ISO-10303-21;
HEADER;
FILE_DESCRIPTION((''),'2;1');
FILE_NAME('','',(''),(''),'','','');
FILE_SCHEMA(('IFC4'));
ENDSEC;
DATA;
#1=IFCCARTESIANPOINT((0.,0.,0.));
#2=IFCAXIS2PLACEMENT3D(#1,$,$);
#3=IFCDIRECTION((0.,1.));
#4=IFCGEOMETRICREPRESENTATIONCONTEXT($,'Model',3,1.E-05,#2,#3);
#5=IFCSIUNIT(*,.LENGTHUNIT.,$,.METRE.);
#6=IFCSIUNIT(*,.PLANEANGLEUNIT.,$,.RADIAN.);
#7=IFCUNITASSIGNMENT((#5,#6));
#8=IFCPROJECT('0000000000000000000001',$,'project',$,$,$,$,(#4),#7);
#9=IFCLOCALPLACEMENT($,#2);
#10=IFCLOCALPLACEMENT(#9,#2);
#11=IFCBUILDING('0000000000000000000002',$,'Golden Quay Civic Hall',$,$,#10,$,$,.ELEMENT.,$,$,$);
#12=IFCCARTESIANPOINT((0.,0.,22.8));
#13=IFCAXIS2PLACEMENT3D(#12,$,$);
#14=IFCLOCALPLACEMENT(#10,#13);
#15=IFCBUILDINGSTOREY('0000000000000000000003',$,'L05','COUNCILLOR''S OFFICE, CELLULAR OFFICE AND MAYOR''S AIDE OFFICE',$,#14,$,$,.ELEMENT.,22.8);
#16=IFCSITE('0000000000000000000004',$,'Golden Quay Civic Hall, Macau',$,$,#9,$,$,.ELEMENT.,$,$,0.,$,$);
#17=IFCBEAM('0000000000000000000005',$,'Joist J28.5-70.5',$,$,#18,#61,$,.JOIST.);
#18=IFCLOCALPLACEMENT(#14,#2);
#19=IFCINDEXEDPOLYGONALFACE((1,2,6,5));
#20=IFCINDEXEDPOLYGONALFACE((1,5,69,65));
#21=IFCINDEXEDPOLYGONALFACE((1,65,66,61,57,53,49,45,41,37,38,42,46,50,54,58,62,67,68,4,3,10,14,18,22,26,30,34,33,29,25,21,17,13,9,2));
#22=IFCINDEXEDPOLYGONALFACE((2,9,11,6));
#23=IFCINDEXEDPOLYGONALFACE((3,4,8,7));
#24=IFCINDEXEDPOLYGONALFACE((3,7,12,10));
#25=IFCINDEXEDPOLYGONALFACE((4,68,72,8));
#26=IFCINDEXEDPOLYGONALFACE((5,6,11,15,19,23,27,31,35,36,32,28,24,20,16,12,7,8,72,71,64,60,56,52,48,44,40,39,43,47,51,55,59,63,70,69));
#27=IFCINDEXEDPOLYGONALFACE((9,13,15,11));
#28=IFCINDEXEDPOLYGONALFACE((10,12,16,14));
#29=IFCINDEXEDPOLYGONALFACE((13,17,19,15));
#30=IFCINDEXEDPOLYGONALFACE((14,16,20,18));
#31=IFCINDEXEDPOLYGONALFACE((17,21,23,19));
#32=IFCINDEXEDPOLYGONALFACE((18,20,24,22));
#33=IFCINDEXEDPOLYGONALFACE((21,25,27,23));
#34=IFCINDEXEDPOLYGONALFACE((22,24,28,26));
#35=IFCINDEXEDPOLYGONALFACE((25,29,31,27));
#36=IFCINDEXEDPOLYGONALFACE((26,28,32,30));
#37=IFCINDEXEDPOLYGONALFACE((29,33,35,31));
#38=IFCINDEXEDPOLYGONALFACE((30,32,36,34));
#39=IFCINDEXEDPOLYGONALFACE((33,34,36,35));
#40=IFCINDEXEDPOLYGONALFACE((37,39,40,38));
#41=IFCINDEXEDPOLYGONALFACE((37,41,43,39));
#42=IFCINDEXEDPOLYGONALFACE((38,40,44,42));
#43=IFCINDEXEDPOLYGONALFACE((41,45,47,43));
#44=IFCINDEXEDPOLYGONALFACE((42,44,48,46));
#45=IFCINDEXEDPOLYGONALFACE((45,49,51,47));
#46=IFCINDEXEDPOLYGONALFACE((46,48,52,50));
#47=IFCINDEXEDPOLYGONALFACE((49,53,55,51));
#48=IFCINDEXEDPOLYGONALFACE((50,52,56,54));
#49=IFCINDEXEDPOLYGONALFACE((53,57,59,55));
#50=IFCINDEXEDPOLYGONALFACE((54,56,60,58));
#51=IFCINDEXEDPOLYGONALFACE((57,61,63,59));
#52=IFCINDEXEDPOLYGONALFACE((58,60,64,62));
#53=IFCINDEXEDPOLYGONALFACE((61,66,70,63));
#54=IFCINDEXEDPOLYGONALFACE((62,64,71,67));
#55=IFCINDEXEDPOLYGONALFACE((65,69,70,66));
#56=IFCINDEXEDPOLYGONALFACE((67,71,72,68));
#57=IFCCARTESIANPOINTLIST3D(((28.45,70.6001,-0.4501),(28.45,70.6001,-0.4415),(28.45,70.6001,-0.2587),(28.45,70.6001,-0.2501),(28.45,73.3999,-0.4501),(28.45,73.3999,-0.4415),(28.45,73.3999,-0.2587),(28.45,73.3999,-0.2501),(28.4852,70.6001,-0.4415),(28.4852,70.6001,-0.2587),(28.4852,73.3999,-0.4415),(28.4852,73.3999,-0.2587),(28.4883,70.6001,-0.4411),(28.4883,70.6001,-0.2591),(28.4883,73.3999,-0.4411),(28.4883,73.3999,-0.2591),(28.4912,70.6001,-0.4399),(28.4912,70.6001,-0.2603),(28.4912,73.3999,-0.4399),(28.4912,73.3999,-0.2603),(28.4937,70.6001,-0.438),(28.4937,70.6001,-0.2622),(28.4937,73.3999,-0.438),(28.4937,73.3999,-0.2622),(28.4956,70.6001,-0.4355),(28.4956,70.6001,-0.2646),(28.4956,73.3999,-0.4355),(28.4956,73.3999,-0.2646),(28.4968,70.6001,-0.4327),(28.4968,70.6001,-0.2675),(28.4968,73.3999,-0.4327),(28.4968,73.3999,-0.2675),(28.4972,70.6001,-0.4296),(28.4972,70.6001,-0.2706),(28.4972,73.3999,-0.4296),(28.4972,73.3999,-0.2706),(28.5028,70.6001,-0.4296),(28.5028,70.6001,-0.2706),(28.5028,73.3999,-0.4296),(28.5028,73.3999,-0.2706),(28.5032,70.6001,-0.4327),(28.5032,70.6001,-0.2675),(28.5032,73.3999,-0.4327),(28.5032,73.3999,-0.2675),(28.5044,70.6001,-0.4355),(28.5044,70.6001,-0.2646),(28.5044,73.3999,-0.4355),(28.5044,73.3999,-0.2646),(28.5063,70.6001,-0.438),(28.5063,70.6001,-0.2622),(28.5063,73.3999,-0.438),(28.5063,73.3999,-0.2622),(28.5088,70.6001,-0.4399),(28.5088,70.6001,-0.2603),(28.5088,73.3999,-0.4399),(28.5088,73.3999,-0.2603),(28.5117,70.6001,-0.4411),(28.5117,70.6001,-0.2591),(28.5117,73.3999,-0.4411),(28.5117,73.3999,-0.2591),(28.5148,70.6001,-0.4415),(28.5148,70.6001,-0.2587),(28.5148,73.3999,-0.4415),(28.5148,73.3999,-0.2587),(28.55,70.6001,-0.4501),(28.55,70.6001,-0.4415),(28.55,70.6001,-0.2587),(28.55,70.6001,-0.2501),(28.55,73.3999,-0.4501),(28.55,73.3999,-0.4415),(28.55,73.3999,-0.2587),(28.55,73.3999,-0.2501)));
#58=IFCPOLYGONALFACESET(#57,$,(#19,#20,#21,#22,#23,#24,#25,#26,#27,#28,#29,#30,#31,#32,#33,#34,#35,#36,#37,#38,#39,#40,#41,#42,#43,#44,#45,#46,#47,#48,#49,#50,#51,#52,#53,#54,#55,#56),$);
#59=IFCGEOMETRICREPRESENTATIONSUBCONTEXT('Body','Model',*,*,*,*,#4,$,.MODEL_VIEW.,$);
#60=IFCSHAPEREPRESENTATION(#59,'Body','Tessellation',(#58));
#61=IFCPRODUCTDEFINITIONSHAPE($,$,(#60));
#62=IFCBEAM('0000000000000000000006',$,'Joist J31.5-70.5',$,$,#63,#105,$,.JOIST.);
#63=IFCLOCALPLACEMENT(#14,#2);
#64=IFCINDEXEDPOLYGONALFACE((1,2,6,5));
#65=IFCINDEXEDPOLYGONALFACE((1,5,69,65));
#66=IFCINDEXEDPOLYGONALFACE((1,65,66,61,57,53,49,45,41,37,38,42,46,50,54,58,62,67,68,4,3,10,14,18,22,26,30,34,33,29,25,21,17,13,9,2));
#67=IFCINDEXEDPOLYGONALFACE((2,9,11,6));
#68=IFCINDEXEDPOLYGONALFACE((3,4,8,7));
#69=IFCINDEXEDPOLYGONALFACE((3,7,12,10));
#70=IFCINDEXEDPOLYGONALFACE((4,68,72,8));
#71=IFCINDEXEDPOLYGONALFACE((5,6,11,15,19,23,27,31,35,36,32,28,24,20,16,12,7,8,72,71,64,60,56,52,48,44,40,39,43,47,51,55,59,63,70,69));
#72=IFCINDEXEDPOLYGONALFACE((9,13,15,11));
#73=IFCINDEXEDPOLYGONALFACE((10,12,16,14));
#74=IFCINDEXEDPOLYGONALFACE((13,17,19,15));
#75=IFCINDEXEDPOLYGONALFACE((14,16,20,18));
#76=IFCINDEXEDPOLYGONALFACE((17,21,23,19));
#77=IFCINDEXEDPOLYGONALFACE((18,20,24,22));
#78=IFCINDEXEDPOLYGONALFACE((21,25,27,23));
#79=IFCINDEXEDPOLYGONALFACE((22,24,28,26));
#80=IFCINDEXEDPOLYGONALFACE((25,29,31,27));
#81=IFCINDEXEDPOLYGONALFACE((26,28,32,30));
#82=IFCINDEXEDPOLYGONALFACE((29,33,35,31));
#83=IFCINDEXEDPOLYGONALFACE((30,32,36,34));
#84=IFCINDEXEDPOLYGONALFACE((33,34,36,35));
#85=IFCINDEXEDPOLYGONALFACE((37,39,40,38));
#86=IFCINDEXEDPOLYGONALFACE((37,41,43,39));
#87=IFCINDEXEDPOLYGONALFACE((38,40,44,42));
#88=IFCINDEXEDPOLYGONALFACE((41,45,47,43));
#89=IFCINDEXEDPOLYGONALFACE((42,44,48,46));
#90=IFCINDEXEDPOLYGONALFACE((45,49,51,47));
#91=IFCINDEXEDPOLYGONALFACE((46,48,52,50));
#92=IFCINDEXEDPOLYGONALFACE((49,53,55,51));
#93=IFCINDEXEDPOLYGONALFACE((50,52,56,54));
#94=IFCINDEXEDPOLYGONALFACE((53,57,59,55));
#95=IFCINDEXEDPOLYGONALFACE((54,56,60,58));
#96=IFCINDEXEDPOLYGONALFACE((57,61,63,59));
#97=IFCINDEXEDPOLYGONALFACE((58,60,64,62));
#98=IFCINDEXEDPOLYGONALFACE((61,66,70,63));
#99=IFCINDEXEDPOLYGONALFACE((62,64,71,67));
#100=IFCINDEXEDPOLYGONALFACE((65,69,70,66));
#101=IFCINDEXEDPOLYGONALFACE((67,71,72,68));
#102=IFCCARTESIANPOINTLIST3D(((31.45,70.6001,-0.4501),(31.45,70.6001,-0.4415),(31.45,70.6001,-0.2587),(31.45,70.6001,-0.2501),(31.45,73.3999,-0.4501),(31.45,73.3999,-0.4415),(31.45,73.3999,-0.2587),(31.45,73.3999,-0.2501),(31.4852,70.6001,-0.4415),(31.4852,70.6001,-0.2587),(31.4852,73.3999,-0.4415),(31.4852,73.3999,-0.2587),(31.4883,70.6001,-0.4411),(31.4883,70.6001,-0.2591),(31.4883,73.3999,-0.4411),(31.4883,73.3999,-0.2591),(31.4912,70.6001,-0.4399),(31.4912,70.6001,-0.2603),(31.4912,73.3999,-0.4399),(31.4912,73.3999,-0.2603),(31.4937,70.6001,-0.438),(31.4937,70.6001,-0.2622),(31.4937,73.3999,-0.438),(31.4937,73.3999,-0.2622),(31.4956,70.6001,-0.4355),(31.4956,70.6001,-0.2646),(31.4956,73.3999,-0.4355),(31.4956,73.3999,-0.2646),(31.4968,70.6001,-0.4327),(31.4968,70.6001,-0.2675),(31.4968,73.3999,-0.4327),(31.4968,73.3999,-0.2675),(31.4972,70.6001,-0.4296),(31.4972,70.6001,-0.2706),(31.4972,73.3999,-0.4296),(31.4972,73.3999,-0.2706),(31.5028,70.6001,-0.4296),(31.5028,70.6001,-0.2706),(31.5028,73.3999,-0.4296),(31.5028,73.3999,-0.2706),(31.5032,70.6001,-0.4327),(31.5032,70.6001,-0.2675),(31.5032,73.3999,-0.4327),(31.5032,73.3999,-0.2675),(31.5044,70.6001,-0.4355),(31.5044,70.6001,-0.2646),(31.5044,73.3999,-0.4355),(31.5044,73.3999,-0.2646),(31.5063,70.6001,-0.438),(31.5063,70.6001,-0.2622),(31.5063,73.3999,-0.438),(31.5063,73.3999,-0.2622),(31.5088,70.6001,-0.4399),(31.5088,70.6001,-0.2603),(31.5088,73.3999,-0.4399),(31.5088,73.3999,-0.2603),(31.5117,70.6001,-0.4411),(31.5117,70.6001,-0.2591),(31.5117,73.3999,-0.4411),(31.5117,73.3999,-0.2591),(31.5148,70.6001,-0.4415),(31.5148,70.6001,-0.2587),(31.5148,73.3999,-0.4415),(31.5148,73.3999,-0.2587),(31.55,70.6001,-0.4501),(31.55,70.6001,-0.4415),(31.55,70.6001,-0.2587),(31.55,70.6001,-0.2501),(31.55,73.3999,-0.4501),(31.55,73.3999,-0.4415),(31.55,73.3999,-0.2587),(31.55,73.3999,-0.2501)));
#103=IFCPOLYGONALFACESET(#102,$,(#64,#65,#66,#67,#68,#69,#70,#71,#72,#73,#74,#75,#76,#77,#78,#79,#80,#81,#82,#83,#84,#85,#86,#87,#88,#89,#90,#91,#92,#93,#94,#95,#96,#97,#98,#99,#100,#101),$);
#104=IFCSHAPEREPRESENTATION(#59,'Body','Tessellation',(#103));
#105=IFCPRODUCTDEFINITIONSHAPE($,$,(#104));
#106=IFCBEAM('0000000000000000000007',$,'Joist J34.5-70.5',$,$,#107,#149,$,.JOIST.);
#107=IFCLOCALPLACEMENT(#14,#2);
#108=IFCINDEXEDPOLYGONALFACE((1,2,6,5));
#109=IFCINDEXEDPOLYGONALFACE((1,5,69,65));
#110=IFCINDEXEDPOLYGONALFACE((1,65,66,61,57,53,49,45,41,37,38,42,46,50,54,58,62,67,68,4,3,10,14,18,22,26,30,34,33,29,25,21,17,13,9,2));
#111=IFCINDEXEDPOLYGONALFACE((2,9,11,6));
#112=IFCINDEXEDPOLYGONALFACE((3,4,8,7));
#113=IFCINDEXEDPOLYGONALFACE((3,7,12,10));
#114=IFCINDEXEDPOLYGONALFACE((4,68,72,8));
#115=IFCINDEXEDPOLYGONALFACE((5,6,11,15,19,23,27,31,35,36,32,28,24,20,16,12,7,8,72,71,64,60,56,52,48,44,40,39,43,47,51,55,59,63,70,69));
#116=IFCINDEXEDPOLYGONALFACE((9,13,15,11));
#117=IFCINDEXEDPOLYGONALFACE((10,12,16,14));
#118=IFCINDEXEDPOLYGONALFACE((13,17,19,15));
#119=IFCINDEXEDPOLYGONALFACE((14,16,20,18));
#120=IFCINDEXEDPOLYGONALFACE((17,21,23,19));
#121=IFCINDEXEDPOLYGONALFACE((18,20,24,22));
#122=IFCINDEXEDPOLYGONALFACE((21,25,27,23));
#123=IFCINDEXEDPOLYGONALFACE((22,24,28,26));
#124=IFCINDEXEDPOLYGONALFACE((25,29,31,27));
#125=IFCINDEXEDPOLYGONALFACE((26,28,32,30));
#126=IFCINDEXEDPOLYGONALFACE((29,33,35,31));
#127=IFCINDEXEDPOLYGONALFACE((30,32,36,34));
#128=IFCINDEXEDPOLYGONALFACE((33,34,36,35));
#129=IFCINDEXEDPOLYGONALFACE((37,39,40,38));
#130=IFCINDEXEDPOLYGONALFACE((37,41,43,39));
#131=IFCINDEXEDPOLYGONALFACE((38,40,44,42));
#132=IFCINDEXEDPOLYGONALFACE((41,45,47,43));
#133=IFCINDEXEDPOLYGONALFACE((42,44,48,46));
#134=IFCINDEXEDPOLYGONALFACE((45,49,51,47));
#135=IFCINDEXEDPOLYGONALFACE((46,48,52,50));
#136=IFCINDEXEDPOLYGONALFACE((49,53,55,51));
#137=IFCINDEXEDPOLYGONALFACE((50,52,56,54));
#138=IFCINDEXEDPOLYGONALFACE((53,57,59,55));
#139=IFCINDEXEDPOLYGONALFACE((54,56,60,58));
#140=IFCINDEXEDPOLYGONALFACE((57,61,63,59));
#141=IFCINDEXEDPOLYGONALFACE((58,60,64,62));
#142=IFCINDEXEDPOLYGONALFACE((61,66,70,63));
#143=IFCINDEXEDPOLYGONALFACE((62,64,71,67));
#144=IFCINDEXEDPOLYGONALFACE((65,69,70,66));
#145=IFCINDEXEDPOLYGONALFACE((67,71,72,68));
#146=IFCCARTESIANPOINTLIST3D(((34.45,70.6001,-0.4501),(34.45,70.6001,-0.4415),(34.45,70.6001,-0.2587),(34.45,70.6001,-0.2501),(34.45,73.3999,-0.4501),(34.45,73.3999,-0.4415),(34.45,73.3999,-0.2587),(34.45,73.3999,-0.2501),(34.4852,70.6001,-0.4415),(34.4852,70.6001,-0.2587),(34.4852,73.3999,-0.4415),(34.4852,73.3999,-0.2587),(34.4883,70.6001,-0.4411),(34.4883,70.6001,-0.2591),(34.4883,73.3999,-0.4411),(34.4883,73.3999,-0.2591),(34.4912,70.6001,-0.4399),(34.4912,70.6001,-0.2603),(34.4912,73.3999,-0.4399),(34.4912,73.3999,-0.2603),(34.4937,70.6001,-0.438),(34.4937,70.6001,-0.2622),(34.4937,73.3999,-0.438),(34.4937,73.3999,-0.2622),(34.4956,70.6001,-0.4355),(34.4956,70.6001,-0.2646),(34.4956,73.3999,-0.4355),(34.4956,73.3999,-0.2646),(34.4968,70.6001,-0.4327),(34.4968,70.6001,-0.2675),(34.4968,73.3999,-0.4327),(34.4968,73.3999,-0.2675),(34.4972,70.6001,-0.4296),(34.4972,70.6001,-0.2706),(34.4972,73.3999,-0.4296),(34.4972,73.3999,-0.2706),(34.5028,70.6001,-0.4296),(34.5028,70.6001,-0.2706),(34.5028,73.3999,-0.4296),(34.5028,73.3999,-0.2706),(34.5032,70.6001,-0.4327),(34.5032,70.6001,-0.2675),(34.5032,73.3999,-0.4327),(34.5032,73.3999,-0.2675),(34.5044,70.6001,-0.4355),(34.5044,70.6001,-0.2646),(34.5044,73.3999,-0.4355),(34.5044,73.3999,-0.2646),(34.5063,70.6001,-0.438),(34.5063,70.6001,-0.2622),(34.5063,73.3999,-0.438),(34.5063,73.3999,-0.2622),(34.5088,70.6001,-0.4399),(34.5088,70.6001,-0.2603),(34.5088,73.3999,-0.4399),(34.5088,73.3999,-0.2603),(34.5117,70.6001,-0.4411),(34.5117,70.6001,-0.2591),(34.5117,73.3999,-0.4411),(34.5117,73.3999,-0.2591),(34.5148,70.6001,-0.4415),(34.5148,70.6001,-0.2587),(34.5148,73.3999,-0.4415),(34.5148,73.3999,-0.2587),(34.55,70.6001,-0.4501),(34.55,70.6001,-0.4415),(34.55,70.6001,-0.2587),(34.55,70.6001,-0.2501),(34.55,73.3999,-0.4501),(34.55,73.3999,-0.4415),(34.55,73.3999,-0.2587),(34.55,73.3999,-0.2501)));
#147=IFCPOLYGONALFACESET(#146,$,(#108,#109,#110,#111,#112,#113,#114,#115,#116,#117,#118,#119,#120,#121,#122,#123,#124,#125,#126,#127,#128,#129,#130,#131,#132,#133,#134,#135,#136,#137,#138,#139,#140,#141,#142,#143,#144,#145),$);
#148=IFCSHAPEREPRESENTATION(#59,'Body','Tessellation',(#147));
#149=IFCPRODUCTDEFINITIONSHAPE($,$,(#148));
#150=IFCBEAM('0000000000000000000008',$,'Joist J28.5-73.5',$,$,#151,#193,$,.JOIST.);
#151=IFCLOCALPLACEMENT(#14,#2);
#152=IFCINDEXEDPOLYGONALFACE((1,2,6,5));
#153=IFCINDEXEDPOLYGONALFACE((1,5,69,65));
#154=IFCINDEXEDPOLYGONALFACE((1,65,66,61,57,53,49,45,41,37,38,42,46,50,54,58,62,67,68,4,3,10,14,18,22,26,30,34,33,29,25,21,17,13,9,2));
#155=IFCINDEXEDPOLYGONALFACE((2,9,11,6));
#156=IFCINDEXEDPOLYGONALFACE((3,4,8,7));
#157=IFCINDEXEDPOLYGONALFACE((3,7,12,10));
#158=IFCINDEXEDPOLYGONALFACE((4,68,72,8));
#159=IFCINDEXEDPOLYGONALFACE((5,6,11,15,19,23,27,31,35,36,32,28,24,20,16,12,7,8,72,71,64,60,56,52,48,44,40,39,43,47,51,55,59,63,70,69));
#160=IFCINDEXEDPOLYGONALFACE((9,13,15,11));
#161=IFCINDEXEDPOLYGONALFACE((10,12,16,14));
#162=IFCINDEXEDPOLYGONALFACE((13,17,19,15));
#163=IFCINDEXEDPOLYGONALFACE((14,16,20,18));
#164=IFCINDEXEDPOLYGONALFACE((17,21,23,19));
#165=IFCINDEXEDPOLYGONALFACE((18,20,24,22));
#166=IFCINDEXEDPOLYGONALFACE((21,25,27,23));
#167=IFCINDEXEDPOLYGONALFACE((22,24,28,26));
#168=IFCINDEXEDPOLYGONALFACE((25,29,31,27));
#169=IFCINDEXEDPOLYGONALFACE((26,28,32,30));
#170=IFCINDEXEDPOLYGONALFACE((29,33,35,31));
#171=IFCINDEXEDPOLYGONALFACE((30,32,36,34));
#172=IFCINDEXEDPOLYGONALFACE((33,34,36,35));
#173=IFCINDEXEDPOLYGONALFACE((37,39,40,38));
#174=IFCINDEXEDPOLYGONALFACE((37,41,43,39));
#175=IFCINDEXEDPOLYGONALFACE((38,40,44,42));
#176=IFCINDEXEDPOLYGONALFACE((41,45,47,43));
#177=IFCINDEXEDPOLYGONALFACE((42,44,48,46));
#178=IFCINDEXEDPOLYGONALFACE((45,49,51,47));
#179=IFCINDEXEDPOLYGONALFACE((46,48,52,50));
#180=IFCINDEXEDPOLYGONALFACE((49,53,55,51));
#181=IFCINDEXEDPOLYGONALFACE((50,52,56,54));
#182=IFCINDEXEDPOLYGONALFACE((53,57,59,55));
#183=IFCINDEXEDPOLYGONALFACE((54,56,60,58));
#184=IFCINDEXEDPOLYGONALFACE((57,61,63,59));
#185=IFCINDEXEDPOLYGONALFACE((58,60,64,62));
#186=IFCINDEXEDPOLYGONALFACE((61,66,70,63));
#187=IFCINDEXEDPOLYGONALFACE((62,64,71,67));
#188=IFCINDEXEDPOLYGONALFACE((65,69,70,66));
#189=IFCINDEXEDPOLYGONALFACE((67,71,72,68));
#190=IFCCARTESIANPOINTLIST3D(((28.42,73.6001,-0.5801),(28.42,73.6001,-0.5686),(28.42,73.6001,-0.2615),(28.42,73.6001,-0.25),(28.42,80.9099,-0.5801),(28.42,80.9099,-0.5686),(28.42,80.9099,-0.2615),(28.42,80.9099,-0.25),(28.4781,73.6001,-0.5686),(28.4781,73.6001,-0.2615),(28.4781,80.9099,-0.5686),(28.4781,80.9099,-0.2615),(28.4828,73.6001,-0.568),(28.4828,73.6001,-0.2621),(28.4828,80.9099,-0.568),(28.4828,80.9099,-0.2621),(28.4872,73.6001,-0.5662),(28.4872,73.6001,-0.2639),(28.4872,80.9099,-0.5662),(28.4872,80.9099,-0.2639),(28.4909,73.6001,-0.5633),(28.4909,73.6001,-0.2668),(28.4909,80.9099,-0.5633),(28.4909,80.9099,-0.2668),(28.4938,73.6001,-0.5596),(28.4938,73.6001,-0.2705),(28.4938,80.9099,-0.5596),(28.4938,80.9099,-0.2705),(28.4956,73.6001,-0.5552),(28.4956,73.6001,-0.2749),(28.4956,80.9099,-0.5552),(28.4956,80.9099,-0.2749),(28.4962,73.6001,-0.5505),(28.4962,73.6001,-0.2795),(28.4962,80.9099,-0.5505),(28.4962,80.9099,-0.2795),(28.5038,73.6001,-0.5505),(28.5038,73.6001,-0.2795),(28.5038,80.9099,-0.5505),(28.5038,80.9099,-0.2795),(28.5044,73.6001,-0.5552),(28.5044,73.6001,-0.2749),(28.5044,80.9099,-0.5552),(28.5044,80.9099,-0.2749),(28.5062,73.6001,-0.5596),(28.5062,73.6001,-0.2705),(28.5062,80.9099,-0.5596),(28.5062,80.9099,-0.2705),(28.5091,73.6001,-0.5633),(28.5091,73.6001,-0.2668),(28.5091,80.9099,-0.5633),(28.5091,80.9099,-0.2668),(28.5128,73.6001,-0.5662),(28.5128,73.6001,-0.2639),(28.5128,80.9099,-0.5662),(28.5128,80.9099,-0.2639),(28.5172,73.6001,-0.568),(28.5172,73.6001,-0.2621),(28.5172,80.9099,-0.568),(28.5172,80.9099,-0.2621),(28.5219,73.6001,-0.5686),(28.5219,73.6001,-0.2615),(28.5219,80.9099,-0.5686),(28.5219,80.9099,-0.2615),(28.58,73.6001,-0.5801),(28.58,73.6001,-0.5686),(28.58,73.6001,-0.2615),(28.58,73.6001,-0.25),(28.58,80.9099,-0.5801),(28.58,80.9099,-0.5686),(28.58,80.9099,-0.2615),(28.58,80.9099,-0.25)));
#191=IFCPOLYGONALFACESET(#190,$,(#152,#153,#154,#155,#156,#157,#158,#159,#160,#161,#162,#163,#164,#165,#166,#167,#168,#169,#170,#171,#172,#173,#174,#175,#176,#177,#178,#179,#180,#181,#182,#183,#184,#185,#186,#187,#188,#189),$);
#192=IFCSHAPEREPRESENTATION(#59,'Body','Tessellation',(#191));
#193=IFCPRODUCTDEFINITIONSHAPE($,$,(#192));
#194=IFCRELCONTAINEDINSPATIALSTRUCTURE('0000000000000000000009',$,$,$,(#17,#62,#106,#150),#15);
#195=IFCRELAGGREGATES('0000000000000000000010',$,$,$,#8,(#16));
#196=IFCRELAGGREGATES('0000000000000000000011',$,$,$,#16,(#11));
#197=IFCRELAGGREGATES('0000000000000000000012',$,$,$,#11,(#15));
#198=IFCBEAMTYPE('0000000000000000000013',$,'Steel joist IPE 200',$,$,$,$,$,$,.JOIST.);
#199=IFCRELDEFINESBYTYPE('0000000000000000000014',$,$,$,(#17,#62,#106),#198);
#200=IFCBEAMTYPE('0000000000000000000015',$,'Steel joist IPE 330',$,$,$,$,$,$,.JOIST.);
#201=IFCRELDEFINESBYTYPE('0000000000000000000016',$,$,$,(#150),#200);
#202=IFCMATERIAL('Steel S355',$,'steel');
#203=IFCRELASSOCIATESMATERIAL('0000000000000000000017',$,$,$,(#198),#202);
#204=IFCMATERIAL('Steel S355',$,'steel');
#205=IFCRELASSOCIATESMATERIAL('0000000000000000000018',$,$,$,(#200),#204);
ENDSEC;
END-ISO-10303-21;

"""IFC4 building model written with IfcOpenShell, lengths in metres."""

from ifc_helpers import new_model, si_unit, direction, frame, origin, origin_2d, place, context, subcontext, project, spatial, i_section, extrude, material, material_profile, profile_set, type_object, element, save


model = new_model("IFC4")

# Units and contexts
model_context = context("Model", 3, precision=1e-05, world=origin(), true_north=direction((0.0, 1.0)))
body_context = subcontext(model_context, "Body", "Model", "MODEL_VIEW")
ifc_project = project(units=[si_unit("LENGTHUNIT", "METRE"), si_unit("PLANEANGLEUNIT", "RADIAN")], contexts=[model_context])

# Site, building, storey
site_placement = place(None, origin())
site = spatial("IfcSite", under=ifc_project, at=site_placement, Name="Golden Quay Civic Hall, Macau", CompositionType="ELEMENT", RefElevation=0.0)
building_placement = place(site_placement, origin())
building = spatial("IfcBuilding", under=site, at=building_placement, Name="Golden Quay Civic Hall", CompositionType="ELEMENT")
storey_placement = place(building_placement, frame((0.0, 0.0, 22.8)))
storey = spatial("IfcBuildingStorey", under=building, at=storey_placement, Name="L05", Description="COUNCILLOR'S OFFICE, CELLULAR OFFICE AND MAYOR'S AIDE OFFICE", CompositionType="ELEMENT", Elevation=22.8)

# Beams
ifc_material_1 = material(Name="Steel S355", Category="steel")
ifc_material_profile_1 = material_profile(ifc_material_1, i_section(OverallWidth=0.1001, OverallDepth=0.2, WebThickness=0.0056, FlangeThickness=0.0085, FilletRadius=0.012, at=origin_2d()), Name="IPE 200")
ifc_profile_set_1 = profile_set([ifc_material_profile_1], Name="Steel S355")
beam_type_1 = type_object("IfcBeamType", Name="Steel joist IPE 200", PredefinedType="JOIST", material=ifc_profile_set_1)
for number, where, z_axis, x_axis, name in (
    (1, (28.5, 70.6001, -0.3501), (0.0, 1.0, 0.0), (-1.0, 0.0, 0.0), "Joist J28.5-70.5"),
    (2, (31.5, 70.6001, -0.3501), (0.0, 1.0, 0.0), (-1.0, 0.0, 0.0), "Joist J31.5-70.5"),
    (3, (34.5, 70.6001, -0.3501), (0.0, 1.0, 0.0), (-1.0, 0.0, 0.0), "Joist J34.5-70.5"),
):
    element("IfcBeam", number, at=place(storey_placement, frame(where, z_axis=z_axis, x_axis=x_axis)), inside=storey, type_object=beam_type_1, Name=name, PredefinedType="JOIST", context=body_context, shape_type="SweptSolid", body=[
        extrude(i_section(OverallWidth=0.1001, OverallDepth=0.2, WebThickness=0.0056, FlangeThickness=0.0085, FilletRadius=0.012, at=origin_2d()), origin(), (0.0, 0.0, 1.0), 2.7998),
    ])
ifc_material_2 = material(Name="Steel S355", Category="steel")
ifc_material_profile_2 = material_profile(ifc_material_2, i_section(OverallWidth=0.1599, OverallDepth=0.3301, WebThickness=0.0076, FlangeThickness=0.0115, FilletRadius=0.0181, at=origin_2d()), Name="IPE 330")
ifc_profile_set_2 = profile_set([ifc_material_profile_2], Name="Steel S355")
beam_type_2 = type_object("IfcBeamType", Name="Steel joist IPE 330", PredefinedType="JOIST", material=ifc_profile_set_2)
for number, where, z_axis, x_axis, name in (
    (4, (28.5, 73.6001, -0.415), (0.0, 1.0, 0.0), (-1.0, 0.0, 0.0), "Joist J28.5-73.5"),
):
    element("IfcBeam", number, at=place(storey_placement, frame(where, z_axis=z_axis, x_axis=x_axis)), inside=storey, type_object=beam_type_2, Name=name, PredefinedType="JOIST", context=body_context, shape_type="SweptSolid", body=[
        extrude(i_section(OverallWidth=0.1599, OverallDepth=0.3301, WebThickness=0.0076, FlangeThickness=0.0115, FilletRadius=0.0181, at=origin_2d()), origin(), (0.0, 0.0, 1.0), 7.3098),
    ])

save(model, "model.ifc")
